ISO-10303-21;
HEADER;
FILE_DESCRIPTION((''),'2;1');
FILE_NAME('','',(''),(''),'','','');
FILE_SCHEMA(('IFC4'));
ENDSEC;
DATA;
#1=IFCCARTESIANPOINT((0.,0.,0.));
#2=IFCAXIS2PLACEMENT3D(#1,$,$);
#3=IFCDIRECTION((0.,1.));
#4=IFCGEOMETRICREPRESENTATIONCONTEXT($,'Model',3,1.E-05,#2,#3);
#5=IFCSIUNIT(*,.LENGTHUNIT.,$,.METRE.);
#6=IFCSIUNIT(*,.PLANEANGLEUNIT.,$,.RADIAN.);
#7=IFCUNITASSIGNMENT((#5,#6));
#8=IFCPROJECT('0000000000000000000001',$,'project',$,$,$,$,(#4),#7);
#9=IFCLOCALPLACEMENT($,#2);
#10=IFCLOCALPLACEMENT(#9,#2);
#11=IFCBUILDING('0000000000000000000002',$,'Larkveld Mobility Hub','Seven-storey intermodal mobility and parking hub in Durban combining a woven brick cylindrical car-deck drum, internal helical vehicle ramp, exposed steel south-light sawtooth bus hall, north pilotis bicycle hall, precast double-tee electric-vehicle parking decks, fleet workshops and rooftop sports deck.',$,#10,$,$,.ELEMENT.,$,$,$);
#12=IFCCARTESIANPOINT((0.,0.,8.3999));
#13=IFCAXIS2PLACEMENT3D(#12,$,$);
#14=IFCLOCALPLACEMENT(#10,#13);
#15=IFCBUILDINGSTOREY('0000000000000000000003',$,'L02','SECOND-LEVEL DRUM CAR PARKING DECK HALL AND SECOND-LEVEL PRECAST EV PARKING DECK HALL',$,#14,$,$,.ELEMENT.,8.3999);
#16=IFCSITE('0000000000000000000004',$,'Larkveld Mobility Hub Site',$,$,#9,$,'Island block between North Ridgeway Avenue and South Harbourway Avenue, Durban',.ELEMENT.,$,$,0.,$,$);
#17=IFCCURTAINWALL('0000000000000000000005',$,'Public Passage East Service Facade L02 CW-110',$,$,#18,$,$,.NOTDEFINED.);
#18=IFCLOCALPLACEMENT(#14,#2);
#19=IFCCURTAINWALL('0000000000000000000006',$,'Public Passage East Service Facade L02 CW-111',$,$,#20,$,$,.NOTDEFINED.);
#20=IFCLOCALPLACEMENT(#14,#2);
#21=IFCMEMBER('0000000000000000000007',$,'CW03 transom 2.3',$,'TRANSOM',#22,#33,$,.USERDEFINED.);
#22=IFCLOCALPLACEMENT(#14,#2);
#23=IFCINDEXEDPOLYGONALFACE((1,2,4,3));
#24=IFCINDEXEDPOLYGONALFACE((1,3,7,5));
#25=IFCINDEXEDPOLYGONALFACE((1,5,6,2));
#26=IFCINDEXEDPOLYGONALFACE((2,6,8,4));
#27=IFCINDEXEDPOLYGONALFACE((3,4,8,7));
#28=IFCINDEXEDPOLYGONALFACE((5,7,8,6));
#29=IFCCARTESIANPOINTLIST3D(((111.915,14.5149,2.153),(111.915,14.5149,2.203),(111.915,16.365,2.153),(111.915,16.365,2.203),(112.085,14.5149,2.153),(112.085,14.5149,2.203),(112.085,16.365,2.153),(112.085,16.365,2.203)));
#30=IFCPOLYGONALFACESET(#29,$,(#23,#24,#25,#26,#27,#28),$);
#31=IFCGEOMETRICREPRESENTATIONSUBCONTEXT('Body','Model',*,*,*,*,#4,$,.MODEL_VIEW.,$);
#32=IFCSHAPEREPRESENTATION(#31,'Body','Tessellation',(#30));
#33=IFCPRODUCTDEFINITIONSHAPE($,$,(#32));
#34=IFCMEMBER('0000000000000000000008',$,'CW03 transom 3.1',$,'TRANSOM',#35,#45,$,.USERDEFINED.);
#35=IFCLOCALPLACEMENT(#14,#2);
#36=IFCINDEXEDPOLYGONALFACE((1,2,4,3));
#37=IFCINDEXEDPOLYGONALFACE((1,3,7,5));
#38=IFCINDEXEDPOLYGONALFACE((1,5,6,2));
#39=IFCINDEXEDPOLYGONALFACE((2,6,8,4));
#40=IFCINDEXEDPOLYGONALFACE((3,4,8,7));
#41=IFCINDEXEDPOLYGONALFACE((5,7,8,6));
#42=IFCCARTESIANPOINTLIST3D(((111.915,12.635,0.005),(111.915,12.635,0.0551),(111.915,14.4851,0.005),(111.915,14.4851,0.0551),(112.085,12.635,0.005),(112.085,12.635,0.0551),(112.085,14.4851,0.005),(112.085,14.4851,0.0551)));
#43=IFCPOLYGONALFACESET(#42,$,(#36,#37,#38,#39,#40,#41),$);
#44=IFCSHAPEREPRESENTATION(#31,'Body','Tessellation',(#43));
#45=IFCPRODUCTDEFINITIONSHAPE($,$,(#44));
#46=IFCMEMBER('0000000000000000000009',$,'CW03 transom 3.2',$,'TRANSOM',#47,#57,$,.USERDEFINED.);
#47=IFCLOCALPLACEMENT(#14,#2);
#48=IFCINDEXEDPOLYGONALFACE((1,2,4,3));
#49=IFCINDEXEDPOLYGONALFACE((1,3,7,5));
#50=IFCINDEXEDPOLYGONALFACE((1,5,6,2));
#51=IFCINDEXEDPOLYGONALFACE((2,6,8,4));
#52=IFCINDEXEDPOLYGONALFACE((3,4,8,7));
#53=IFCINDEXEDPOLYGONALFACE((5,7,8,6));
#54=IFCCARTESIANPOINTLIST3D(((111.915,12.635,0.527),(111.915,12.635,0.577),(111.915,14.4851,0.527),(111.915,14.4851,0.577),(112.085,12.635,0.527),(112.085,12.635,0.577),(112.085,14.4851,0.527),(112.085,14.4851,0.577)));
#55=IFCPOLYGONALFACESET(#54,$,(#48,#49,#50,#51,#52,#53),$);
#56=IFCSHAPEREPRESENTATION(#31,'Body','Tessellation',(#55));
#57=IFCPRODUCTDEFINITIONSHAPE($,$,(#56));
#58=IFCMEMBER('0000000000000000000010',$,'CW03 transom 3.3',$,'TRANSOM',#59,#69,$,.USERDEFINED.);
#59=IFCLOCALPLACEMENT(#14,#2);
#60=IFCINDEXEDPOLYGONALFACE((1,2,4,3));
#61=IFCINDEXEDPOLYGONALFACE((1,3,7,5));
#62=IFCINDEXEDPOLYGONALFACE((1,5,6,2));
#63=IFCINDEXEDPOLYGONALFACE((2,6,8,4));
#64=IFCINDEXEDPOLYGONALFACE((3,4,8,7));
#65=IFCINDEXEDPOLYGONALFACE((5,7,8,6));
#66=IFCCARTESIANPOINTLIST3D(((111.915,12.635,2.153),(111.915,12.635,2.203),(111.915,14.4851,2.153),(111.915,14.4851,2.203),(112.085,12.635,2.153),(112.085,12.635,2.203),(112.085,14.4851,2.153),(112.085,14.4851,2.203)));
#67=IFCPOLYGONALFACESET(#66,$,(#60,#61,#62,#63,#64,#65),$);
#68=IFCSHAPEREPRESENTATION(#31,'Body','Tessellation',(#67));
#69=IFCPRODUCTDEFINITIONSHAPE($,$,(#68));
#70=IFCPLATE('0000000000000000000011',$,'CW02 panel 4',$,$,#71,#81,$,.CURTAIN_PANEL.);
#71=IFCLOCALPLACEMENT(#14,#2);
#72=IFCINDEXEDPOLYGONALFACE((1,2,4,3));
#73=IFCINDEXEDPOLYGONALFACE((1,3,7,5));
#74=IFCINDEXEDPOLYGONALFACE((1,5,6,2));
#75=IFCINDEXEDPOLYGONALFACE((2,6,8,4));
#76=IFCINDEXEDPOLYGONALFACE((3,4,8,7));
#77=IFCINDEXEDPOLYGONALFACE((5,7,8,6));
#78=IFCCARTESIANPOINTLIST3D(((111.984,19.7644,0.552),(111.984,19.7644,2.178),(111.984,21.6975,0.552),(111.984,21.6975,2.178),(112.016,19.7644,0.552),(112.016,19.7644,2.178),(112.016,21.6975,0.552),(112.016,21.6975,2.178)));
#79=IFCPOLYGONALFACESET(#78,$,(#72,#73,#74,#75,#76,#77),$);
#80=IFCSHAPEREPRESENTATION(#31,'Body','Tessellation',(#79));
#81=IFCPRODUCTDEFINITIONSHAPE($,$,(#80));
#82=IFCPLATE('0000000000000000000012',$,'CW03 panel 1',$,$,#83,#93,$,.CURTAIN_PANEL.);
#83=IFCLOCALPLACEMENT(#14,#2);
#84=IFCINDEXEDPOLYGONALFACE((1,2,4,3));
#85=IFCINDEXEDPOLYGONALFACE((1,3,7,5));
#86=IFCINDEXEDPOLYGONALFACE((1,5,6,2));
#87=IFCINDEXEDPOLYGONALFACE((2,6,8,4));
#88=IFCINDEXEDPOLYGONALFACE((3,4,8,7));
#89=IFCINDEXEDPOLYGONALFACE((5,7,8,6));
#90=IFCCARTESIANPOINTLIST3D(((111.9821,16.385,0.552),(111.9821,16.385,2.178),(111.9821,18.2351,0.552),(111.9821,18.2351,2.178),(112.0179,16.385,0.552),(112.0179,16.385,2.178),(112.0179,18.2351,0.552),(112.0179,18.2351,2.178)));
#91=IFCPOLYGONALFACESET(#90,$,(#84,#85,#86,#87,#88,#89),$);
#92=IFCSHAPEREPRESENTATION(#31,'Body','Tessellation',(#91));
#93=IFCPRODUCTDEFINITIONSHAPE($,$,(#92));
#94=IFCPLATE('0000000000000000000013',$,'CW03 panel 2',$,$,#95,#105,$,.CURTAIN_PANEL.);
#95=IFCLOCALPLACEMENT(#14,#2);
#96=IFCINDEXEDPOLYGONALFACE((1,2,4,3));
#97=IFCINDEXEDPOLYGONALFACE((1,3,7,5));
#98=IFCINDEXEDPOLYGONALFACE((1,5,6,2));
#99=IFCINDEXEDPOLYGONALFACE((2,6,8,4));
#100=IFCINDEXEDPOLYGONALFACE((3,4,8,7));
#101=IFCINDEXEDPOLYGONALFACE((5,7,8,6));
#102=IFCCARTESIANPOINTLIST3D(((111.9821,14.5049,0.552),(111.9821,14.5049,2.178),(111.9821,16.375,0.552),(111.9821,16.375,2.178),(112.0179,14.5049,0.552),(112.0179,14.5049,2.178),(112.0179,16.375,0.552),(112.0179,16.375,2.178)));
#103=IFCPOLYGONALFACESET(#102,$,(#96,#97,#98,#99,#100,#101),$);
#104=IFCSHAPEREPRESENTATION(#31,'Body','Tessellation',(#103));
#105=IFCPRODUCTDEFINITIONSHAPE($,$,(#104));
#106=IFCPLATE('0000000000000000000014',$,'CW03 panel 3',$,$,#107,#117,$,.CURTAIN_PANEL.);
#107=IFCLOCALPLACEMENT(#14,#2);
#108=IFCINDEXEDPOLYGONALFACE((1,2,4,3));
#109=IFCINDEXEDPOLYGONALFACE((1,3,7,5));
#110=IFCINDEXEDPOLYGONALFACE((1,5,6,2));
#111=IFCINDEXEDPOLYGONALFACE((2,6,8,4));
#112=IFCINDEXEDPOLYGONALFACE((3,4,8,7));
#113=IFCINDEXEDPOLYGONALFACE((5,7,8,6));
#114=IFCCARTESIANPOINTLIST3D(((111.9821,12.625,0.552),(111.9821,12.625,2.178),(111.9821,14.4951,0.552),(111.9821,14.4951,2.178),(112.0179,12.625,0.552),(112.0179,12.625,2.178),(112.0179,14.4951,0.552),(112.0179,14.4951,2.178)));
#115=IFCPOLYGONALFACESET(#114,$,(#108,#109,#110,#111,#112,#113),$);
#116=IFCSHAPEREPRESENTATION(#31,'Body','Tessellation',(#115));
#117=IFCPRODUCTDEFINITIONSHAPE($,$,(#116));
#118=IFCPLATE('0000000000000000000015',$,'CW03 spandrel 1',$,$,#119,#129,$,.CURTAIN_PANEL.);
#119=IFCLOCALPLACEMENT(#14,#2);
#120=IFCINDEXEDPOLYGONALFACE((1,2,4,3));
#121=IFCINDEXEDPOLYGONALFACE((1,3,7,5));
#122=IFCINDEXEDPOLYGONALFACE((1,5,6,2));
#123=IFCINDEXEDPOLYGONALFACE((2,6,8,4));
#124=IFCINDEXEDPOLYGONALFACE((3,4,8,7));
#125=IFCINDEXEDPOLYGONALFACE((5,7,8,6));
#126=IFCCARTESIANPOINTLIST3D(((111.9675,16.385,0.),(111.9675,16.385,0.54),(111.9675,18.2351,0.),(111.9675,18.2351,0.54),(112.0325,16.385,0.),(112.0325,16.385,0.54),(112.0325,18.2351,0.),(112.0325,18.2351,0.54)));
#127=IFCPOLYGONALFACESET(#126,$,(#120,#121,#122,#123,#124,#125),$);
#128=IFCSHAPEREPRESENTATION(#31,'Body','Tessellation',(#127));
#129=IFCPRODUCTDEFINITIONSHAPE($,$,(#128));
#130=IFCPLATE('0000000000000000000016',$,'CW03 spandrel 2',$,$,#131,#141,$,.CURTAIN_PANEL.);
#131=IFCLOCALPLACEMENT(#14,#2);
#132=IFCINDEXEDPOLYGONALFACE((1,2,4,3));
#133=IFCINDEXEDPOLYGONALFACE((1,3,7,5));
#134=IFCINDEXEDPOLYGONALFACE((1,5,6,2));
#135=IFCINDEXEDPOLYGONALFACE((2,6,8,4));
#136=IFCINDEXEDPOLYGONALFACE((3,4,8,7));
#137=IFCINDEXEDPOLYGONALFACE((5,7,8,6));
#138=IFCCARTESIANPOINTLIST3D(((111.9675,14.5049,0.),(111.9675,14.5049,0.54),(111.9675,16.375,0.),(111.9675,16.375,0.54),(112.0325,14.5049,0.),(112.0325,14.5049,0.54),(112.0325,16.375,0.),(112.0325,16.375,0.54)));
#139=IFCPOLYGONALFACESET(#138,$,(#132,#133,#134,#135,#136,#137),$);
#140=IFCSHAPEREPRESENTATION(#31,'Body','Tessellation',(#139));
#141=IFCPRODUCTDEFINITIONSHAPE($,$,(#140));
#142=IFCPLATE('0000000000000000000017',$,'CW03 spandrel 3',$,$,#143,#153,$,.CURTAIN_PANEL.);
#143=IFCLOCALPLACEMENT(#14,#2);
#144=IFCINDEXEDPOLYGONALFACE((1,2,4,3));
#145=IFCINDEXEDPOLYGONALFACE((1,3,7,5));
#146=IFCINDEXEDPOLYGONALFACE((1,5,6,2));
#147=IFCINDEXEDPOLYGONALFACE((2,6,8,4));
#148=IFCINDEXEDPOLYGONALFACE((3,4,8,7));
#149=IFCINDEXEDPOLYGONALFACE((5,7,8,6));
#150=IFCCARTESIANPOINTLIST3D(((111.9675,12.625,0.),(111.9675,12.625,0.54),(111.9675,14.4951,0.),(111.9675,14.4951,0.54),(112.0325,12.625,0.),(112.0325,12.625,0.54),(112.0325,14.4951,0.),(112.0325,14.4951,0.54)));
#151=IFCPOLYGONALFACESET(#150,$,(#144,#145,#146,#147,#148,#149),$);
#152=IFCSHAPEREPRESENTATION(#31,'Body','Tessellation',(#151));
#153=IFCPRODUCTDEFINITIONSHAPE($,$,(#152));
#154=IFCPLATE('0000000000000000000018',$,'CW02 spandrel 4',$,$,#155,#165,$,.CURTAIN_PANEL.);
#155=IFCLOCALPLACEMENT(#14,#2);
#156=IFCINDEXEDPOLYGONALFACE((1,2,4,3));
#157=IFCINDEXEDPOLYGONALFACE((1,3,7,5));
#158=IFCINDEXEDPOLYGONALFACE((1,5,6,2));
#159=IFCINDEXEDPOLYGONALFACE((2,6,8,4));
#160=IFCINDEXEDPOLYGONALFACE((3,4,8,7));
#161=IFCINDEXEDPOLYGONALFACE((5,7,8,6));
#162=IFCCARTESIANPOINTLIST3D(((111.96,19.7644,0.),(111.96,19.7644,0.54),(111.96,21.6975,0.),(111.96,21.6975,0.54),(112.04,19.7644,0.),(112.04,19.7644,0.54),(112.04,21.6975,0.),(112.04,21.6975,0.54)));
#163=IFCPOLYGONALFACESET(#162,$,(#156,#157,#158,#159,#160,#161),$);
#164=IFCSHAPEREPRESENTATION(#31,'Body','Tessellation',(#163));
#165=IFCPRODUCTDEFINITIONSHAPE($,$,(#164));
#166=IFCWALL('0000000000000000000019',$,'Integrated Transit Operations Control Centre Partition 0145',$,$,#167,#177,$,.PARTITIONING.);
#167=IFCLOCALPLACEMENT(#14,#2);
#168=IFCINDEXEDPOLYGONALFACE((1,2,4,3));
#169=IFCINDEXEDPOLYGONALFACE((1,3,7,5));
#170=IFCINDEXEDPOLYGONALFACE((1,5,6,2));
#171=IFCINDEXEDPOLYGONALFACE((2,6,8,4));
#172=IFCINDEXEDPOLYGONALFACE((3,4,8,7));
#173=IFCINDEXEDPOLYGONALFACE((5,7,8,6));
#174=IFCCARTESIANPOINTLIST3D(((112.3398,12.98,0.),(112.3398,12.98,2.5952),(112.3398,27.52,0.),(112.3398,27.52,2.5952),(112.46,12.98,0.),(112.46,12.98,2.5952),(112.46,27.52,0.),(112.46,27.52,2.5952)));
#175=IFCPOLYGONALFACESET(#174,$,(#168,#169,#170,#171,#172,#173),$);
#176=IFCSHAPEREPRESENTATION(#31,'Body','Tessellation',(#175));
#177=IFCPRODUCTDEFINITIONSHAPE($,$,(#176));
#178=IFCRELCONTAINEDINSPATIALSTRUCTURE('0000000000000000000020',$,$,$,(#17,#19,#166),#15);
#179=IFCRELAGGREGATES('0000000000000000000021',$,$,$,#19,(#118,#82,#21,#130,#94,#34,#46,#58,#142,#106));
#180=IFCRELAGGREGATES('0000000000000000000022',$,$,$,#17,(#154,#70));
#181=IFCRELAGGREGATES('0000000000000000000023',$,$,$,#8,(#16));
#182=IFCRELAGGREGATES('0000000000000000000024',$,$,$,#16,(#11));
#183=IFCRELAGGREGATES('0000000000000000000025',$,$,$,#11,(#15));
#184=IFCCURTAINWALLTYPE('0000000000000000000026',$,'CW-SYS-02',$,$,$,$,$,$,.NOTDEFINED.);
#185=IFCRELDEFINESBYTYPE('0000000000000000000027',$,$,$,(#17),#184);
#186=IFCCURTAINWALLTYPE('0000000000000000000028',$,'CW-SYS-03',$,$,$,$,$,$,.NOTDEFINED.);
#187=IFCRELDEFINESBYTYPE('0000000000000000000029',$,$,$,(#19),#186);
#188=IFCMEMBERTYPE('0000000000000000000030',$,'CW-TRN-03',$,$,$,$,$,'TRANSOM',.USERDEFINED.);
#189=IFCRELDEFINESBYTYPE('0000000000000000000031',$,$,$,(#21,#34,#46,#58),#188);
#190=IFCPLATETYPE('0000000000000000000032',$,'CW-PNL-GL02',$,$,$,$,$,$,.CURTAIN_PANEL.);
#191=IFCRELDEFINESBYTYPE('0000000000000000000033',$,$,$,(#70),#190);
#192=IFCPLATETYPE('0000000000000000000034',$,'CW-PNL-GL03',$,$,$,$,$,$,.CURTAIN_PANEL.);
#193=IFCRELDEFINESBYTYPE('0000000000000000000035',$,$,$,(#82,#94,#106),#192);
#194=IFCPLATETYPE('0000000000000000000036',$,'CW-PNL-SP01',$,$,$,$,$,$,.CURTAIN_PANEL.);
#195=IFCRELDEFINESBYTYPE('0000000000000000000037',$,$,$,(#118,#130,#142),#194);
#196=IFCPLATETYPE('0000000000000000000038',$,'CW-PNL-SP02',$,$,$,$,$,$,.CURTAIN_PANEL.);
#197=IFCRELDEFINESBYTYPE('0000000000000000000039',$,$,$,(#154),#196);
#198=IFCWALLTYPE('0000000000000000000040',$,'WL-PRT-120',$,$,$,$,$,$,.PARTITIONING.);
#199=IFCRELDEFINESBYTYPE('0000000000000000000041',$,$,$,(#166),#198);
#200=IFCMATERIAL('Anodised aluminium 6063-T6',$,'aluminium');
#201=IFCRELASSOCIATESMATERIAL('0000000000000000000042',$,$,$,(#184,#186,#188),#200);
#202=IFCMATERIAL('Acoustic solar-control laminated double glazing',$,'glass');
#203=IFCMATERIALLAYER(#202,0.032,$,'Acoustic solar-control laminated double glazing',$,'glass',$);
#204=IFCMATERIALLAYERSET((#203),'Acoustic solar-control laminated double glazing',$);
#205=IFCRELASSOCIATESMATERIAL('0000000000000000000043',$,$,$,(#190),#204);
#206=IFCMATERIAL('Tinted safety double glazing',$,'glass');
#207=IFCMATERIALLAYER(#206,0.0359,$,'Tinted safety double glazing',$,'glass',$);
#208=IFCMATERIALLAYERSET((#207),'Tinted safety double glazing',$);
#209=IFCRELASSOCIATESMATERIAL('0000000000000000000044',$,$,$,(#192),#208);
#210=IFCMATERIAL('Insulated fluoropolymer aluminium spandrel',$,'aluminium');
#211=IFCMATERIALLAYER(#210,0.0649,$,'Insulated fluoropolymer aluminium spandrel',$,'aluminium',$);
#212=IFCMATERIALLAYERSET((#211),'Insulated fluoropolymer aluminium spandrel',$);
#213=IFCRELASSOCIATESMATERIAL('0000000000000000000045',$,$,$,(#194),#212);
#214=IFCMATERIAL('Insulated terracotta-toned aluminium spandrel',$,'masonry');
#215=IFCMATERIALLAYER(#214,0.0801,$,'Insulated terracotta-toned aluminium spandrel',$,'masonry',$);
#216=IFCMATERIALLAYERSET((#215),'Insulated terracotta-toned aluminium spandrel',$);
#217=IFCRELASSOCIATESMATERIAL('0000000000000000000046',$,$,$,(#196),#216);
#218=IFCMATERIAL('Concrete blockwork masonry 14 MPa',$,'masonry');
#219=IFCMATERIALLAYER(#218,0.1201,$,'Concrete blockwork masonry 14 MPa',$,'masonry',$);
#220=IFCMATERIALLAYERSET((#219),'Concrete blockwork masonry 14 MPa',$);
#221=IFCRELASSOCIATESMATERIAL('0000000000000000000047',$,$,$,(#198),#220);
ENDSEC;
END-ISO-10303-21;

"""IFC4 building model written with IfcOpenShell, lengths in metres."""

from ifc_helpers import new_model, si_unit, direction, frame, frame_2d, origin, origin_2d, place, context, subcontext, project, spatial, rectangle, extrude, material, layer, layer_set, material_profile, profile_set, type_object, element, aggregate, save


model = new_model("IFC4")

# Units and contexts
model_context = context("Model", 3, precision=1e-05, world=origin(), true_north=direction((0.0, 1.0)))
body_context = subcontext(model_context, "Body", "Model", "MODEL_VIEW")
ifc_project = project(units=[si_unit("LENGTHUNIT", "METRE"), si_unit("PLANEANGLEUNIT", "RADIAN")], contexts=[model_context])

# Site, building, storey
site_placement = place(None, origin())
site = spatial("IfcSite", under=ifc_project, at=site_placement, Name="Larkveld Mobility Hub Site", LongName="Island block between North Ridgeway Avenue and South Harbourway Avenue, Durban", CompositionType="ELEMENT", RefElevation=0.0)
building_placement = place(site_placement, origin())
building = spatial("IfcBuilding", under=site, at=building_placement, Name="Larkveld Mobility Hub", Description="Seven-storey intermodal mobility and parking hub in Durban combining a woven brick cylindrical car-deck drum, internal helical vehicle ramp, exposed steel south-light sawtooth bus hall, north pilotis bicycle hall, precast double-tee electric-vehicle parking decks, fleet workshops and rooftop sports deck.", CompositionType="ELEMENT")
storey_placement = place(building_placement, frame((0.0, 0.0, 8.3999)))
storey = spatial("IfcBuildingStorey", under=building, at=storey_placement, Name="L02", Description="SECOND-LEVEL DRUM CAR PARKING DECK HALL AND SECOND-LEVEL PRECAST EV PARKING DECK HALL", CompositionType="ELEMENT", Elevation=8.3999)

# Curtain wall
ifc_material_1 = material(Name="Anodised aluminium 6063-T6", Category="aluminium")
curtain_wall_type_1 = type_object("IfcCurtainWallType", Name="CW-SYS-02", PredefinedType="NOTDEFINED", material=ifc_material_1)
curtain_wall_1_placement = place(storey_placement, origin())
curtain_wall_1 = element("IfcCurtainWall", 1, at=curtain_wall_1_placement, inside=storey, type_object=curtain_wall_type_1, Name="Public Passage East Service Facade L02 CW-110", PredefinedType="NOTDEFINED")

# Curtain wall
curtain_wall_type_2 = type_object("IfcCurtainWallType", Name="CW-SYS-03", PredefinedType="NOTDEFINED", material=ifc_material_1)
curtain_wall_2_placement = place(storey_placement, origin())
curtain_wall_2 = element("IfcCurtainWall", 2, at=curtain_wall_2_placement, inside=storey, type_object=curtain_wall_type_2, Name="Public Passage East Service Facade L02 CW-111", PredefinedType="NOTDEFINED")

# Members
ifc_material_profile_1 = material_profile(ifc_material_1, rectangle(XDim=0.1699, YDim=0.05, at=origin_2d()), Name="ALU TRAN 50x170")
ifc_profile_set_1 = profile_set([ifc_material_profile_1], Name="Anodised aluminium 6063-T6")
member_type_1 = type_object("IfcMemberType", Name="CW-TRN-03", ElementType="TRANSOM", PredefinedType="USERDEFINED", material=ifc_profile_set_1)
member_1_placement = place(storey_placement, frame((112.0, 16.365, 2.178), z_axis=(0.0, -1.0, 0.0), x_axis=(1.0, 0.0, 0.0)))
member_1 = element("IfcMember", 3, at=member_1_placement, type_object=member_type_1, Name="CW03 transom 2.3", ObjectType="TRANSOM", PredefinedType="USERDEFINED", context=body_context, shape_type="SweptSolid", body=[
    extrude(rectangle(XDim=0.1699, YDim=0.05, at=origin_2d()), origin(), (0.0, 0.0, 1.0), 1.8501),
])
member_2_placement = place(storey_placement, frame((112.0, 14.4851, 0.03), z_axis=(0.0, -1.0, 0.0), x_axis=(1.0, 0.0, 0.0)))
member_2 = element("IfcMember", 4, at=member_2_placement, type_object=member_type_1, Name="CW03 transom 3.1", ObjectType="TRANSOM", PredefinedType="USERDEFINED", context=body_context, shape_type="SweptSolid", body=[
    extrude(rectangle(XDim=0.1699, YDim=0.05, at=origin_2d()), origin(), (0.0, 0.0, 1.0), 1.8501),
])
member_3_placement = place(storey_placement, frame((112.0, 14.4851, 0.552), z_axis=(0.0, -1.0, 0.0), x_axis=(1.0, 0.0, 0.0)))
member_3 = element("IfcMember", 5, at=member_3_placement, type_object=member_type_1, Name="CW03 transom 3.2", ObjectType="TRANSOM", PredefinedType="USERDEFINED", context=body_context, shape_type="SweptSolid", body=[
    extrude(rectangle(XDim=0.1699, YDim=0.05, at=origin_2d()), origin(), (0.0, 0.0, 1.0), 1.8501),
])
member_4_placement = place(storey_placement, frame((112.0, 14.4851, 2.178), z_axis=(0.0, -1.0, 0.0), x_axis=(1.0, 0.0, 0.0)))
member_4 = element("IfcMember", 6, at=member_4_placement, type_object=member_type_1, Name="CW03 transom 3.3", ObjectType="TRANSOM", PredefinedType="USERDEFINED", context=body_context, shape_type="SweptSolid", body=[
    extrude(rectangle(XDim=0.1699, YDim=0.05, at=origin_2d()), origin(), (0.0, 0.0, 1.0), 1.8501),
])

# Plates
ifc_material_2 = material(Name="Acoustic solar-control laminated double glazing", Category="glass")
ifc_layer_1 = layer(ifc_material_2, 0.032, Name="Acoustic solar-control laminated double glazing", Category="glass")
ifc_layer_set_1 = layer_set([ifc_layer_1], Name="Acoustic solar-control laminated double glazing")
plate_type_1 = type_object("IfcPlateType", Name="CW-PNL-GL02", PredefinedType="CURTAIN_PANEL", material=ifc_layer_set_1)
plate_1_placement = place(storey_placement, frame((112.0, 20.731, 0.552), z_axis=(0.0, 0.0, 1.0), x_axis=(0.0, -1.0, 0.0)))
plate_1 = element("IfcPlate", 7, at=plate_1_placement, type_object=plate_type_1, Name="CW02 panel 4", PredefinedType="CURTAIN_PANEL", context=body_context, shape_type="SweptSolid", body=[
    extrude(rectangle(XDim=1.9331, YDim=0.032, at=origin_2d()), origin(), (0.0, 0.0, 1.0), 1.626),
])
ifc_material_3 = material(Name="Tinted safety double glazing", Category="glass")
ifc_layer_2 = layer(ifc_material_3, 0.0359, Name="Tinted safety double glazing", Category="glass")
ifc_layer_set_2 = layer_set([ifc_layer_2], Name="Tinted safety double glazing")
plate_type_2 = type_object("IfcPlateType", Name="CW-PNL-GL03", PredefinedType="CURTAIN_PANEL", material=ifc_layer_set_2)
plate_2_placement = place(storey_placement, frame((112.0, 17.3101, 0.552), z_axis=(0.0, 0.0, 1.0), x_axis=(0.0, -1.0, 0.0)))
plate_2 = element("IfcPlate", 8, at=plate_2_placement, type_object=plate_type_2, Name="CW03 panel 1", PredefinedType="CURTAIN_PANEL", context=body_context, shape_type="SweptSolid", body=[
    extrude(rectangle(XDim=1.8501, YDim=0.0359, at=origin_2d()), origin(), (0.0, 0.0, 1.0), 1.626),
])
plate_3_placement = place(storey_placement, frame((112.0, 15.4399, 0.552), z_axis=(0.0, 0.0, 1.0), x_axis=(0.0, -1.0, 0.0)))
plate_3 = element("IfcPlate", 9, at=plate_3_placement, type_object=plate_type_2, Name="CW03 panel 2", PredefinedType="CURTAIN_PANEL", context=body_context, shape_type="SweptSolid", body=[
    extrude(rectangle(XDim=1.8701, YDim=0.0359, at=origin_2d()), origin(), (0.0, 0.0, 1.0), 1.626),
])
plate_4_placement = place(storey_placement, frame((112.0, 13.5601, 0.552), z_axis=(0.0, 0.0, 1.0), x_axis=(0.0, -1.0, 0.0)))
plate_4 = element("IfcPlate", 10, at=plate_4_placement, type_object=plate_type_2, Name="CW03 panel 3", PredefinedType="CURTAIN_PANEL", context=body_context, shape_type="SweptSolid", body=[
    extrude(rectangle(XDim=1.8701, YDim=0.0359, at=origin_2d()), origin(), (0.0, 0.0, 1.0), 1.626),
])
ifc_material_4 = material(Name="Insulated fluoropolymer aluminium spandrel", Category="aluminium")
ifc_layer_3 = layer(ifc_material_4, 0.0649, Name="Insulated fluoropolymer aluminium spandrel", Category="aluminium")
ifc_layer_set_3 = layer_set([ifc_layer_3], Name="Insulated fluoropolymer aluminium spandrel")
plate_type_3 = type_object("IfcPlateType", Name="CW-PNL-SP01", PredefinedType="CURTAIN_PANEL", material=ifc_layer_set_3)
plate_5_placement = place(storey_placement, frame((112.0, 17.3101, 0.0), z_axis=(0.0, 0.0, 1.0), x_axis=(0.0, -1.0, 0.0)))
plate_5 = element("IfcPlate", 11, at=plate_5_placement, type_object=plate_type_3, Name="CW03 spandrel 1", PredefinedType="CURTAIN_PANEL", context=body_context, shape_type="SweptSolid", body=[
    extrude(rectangle(XDim=1.8501, YDim=0.0649, at=origin_2d()), origin(), (0.0, 0.0, 1.0), 0.54),
])
plate_6_placement = place(storey_placement, frame((112.0, 15.4399, 0.0), z_axis=(0.0, 0.0, 1.0), x_axis=(0.0, -1.0, 0.0)))
plate_6 = element("IfcPlate", 12, at=plate_6_placement, type_object=plate_type_3, Name="CW03 spandrel 2", PredefinedType="CURTAIN_PANEL", context=body_context, shape_type="SweptSolid", body=[
    extrude(rectangle(XDim=1.8701, YDim=0.0649, at=origin_2d()), origin(), (0.0, 0.0, 1.0), 0.54),
])
plate_7_placement = place(storey_placement, frame((112.0, 13.5601, 0.0), z_axis=(0.0, 0.0, 1.0), x_axis=(0.0, -1.0, 0.0)))
plate_7 = element("IfcPlate", 13, at=plate_7_placement, type_object=plate_type_3, Name="CW03 spandrel 3", PredefinedType="CURTAIN_PANEL", context=body_context, shape_type="SweptSolid", body=[
    extrude(rectangle(XDim=1.8701, YDim=0.0649, at=origin_2d()), origin(), (0.0, 0.0, 1.0), 0.54),
])
aggregate(curtain_wall_2, [plate_5, plate_2, member_1, plate_6, plate_3, member_2, member_3, member_4, plate_7, plate_4])
ifc_material_5 = material(Name="Insulated terracotta-toned aluminium spandrel", Category="masonry")
ifc_layer_4 = layer(ifc_material_5, 0.0801, Name="Insulated terracotta-toned aluminium spandrel", Category="masonry")
ifc_layer_set_4 = layer_set([ifc_layer_4], Name="Insulated terracotta-toned aluminium spandrel")
plate_type_4 = type_object("IfcPlateType", Name="CW-PNL-SP02", PredefinedType="CURTAIN_PANEL", material=ifc_layer_set_4)
plate_8_placement = place(storey_placement, frame((112.0, 20.731, 0.0), z_axis=(0.0, 0.0, 1.0), x_axis=(0.0, -1.0, 0.0)))
plate_8 = element("IfcPlate", 14, at=plate_8_placement, type_object=plate_type_4, Name="CW02 spandrel 4", PredefinedType="CURTAIN_PANEL", context=body_context, shape_type="SweptSolid", body=[
    extrude(rectangle(XDim=1.9331, YDim=0.0801, at=origin_2d()), origin(), (0.0, 0.0, 1.0), 0.54),
])
aggregate(curtain_wall_1, [plate_8, plate_1])

# Wall
ifc_material_6 = material(Name="Concrete blockwork masonry 14 MPa", Category="masonry")
ifc_layer_5 = layer(ifc_material_6, 0.1201, Name="Concrete blockwork masonry 14 MPa", Category="masonry")
ifc_layer_set_5 = layer_set([ifc_layer_5], Name="Concrete blockwork masonry 14 MPa")
wall_type = type_object("IfcWallType", Name="WL-PRT-120", PredefinedType="PARTITIONING", material=ifc_layer_set_5)
wall_placement = place(storey_placement, frame((112.3999, 12.98, 0.0), z_axis=(0.0, 0.0, 1.0), x_axis=(0.0, 1.0, 0.0)))
element("IfcWall", 15, at=wall_placement, inside=storey, type_object=wall_type, Name="Integrated Transit Operations Control Centre Partition 0145", PredefinedType="PARTITIONING", context=body_context, shape_type="SweptSolid", body=[
    extrude(rectangle(XDim=14.54, YDim=0.1201, at=frame_2d((7.27, 0.0))), origin(), (0.0, 0.0, 1.0), 2.5952),
])

save(model, "model.ifc")
